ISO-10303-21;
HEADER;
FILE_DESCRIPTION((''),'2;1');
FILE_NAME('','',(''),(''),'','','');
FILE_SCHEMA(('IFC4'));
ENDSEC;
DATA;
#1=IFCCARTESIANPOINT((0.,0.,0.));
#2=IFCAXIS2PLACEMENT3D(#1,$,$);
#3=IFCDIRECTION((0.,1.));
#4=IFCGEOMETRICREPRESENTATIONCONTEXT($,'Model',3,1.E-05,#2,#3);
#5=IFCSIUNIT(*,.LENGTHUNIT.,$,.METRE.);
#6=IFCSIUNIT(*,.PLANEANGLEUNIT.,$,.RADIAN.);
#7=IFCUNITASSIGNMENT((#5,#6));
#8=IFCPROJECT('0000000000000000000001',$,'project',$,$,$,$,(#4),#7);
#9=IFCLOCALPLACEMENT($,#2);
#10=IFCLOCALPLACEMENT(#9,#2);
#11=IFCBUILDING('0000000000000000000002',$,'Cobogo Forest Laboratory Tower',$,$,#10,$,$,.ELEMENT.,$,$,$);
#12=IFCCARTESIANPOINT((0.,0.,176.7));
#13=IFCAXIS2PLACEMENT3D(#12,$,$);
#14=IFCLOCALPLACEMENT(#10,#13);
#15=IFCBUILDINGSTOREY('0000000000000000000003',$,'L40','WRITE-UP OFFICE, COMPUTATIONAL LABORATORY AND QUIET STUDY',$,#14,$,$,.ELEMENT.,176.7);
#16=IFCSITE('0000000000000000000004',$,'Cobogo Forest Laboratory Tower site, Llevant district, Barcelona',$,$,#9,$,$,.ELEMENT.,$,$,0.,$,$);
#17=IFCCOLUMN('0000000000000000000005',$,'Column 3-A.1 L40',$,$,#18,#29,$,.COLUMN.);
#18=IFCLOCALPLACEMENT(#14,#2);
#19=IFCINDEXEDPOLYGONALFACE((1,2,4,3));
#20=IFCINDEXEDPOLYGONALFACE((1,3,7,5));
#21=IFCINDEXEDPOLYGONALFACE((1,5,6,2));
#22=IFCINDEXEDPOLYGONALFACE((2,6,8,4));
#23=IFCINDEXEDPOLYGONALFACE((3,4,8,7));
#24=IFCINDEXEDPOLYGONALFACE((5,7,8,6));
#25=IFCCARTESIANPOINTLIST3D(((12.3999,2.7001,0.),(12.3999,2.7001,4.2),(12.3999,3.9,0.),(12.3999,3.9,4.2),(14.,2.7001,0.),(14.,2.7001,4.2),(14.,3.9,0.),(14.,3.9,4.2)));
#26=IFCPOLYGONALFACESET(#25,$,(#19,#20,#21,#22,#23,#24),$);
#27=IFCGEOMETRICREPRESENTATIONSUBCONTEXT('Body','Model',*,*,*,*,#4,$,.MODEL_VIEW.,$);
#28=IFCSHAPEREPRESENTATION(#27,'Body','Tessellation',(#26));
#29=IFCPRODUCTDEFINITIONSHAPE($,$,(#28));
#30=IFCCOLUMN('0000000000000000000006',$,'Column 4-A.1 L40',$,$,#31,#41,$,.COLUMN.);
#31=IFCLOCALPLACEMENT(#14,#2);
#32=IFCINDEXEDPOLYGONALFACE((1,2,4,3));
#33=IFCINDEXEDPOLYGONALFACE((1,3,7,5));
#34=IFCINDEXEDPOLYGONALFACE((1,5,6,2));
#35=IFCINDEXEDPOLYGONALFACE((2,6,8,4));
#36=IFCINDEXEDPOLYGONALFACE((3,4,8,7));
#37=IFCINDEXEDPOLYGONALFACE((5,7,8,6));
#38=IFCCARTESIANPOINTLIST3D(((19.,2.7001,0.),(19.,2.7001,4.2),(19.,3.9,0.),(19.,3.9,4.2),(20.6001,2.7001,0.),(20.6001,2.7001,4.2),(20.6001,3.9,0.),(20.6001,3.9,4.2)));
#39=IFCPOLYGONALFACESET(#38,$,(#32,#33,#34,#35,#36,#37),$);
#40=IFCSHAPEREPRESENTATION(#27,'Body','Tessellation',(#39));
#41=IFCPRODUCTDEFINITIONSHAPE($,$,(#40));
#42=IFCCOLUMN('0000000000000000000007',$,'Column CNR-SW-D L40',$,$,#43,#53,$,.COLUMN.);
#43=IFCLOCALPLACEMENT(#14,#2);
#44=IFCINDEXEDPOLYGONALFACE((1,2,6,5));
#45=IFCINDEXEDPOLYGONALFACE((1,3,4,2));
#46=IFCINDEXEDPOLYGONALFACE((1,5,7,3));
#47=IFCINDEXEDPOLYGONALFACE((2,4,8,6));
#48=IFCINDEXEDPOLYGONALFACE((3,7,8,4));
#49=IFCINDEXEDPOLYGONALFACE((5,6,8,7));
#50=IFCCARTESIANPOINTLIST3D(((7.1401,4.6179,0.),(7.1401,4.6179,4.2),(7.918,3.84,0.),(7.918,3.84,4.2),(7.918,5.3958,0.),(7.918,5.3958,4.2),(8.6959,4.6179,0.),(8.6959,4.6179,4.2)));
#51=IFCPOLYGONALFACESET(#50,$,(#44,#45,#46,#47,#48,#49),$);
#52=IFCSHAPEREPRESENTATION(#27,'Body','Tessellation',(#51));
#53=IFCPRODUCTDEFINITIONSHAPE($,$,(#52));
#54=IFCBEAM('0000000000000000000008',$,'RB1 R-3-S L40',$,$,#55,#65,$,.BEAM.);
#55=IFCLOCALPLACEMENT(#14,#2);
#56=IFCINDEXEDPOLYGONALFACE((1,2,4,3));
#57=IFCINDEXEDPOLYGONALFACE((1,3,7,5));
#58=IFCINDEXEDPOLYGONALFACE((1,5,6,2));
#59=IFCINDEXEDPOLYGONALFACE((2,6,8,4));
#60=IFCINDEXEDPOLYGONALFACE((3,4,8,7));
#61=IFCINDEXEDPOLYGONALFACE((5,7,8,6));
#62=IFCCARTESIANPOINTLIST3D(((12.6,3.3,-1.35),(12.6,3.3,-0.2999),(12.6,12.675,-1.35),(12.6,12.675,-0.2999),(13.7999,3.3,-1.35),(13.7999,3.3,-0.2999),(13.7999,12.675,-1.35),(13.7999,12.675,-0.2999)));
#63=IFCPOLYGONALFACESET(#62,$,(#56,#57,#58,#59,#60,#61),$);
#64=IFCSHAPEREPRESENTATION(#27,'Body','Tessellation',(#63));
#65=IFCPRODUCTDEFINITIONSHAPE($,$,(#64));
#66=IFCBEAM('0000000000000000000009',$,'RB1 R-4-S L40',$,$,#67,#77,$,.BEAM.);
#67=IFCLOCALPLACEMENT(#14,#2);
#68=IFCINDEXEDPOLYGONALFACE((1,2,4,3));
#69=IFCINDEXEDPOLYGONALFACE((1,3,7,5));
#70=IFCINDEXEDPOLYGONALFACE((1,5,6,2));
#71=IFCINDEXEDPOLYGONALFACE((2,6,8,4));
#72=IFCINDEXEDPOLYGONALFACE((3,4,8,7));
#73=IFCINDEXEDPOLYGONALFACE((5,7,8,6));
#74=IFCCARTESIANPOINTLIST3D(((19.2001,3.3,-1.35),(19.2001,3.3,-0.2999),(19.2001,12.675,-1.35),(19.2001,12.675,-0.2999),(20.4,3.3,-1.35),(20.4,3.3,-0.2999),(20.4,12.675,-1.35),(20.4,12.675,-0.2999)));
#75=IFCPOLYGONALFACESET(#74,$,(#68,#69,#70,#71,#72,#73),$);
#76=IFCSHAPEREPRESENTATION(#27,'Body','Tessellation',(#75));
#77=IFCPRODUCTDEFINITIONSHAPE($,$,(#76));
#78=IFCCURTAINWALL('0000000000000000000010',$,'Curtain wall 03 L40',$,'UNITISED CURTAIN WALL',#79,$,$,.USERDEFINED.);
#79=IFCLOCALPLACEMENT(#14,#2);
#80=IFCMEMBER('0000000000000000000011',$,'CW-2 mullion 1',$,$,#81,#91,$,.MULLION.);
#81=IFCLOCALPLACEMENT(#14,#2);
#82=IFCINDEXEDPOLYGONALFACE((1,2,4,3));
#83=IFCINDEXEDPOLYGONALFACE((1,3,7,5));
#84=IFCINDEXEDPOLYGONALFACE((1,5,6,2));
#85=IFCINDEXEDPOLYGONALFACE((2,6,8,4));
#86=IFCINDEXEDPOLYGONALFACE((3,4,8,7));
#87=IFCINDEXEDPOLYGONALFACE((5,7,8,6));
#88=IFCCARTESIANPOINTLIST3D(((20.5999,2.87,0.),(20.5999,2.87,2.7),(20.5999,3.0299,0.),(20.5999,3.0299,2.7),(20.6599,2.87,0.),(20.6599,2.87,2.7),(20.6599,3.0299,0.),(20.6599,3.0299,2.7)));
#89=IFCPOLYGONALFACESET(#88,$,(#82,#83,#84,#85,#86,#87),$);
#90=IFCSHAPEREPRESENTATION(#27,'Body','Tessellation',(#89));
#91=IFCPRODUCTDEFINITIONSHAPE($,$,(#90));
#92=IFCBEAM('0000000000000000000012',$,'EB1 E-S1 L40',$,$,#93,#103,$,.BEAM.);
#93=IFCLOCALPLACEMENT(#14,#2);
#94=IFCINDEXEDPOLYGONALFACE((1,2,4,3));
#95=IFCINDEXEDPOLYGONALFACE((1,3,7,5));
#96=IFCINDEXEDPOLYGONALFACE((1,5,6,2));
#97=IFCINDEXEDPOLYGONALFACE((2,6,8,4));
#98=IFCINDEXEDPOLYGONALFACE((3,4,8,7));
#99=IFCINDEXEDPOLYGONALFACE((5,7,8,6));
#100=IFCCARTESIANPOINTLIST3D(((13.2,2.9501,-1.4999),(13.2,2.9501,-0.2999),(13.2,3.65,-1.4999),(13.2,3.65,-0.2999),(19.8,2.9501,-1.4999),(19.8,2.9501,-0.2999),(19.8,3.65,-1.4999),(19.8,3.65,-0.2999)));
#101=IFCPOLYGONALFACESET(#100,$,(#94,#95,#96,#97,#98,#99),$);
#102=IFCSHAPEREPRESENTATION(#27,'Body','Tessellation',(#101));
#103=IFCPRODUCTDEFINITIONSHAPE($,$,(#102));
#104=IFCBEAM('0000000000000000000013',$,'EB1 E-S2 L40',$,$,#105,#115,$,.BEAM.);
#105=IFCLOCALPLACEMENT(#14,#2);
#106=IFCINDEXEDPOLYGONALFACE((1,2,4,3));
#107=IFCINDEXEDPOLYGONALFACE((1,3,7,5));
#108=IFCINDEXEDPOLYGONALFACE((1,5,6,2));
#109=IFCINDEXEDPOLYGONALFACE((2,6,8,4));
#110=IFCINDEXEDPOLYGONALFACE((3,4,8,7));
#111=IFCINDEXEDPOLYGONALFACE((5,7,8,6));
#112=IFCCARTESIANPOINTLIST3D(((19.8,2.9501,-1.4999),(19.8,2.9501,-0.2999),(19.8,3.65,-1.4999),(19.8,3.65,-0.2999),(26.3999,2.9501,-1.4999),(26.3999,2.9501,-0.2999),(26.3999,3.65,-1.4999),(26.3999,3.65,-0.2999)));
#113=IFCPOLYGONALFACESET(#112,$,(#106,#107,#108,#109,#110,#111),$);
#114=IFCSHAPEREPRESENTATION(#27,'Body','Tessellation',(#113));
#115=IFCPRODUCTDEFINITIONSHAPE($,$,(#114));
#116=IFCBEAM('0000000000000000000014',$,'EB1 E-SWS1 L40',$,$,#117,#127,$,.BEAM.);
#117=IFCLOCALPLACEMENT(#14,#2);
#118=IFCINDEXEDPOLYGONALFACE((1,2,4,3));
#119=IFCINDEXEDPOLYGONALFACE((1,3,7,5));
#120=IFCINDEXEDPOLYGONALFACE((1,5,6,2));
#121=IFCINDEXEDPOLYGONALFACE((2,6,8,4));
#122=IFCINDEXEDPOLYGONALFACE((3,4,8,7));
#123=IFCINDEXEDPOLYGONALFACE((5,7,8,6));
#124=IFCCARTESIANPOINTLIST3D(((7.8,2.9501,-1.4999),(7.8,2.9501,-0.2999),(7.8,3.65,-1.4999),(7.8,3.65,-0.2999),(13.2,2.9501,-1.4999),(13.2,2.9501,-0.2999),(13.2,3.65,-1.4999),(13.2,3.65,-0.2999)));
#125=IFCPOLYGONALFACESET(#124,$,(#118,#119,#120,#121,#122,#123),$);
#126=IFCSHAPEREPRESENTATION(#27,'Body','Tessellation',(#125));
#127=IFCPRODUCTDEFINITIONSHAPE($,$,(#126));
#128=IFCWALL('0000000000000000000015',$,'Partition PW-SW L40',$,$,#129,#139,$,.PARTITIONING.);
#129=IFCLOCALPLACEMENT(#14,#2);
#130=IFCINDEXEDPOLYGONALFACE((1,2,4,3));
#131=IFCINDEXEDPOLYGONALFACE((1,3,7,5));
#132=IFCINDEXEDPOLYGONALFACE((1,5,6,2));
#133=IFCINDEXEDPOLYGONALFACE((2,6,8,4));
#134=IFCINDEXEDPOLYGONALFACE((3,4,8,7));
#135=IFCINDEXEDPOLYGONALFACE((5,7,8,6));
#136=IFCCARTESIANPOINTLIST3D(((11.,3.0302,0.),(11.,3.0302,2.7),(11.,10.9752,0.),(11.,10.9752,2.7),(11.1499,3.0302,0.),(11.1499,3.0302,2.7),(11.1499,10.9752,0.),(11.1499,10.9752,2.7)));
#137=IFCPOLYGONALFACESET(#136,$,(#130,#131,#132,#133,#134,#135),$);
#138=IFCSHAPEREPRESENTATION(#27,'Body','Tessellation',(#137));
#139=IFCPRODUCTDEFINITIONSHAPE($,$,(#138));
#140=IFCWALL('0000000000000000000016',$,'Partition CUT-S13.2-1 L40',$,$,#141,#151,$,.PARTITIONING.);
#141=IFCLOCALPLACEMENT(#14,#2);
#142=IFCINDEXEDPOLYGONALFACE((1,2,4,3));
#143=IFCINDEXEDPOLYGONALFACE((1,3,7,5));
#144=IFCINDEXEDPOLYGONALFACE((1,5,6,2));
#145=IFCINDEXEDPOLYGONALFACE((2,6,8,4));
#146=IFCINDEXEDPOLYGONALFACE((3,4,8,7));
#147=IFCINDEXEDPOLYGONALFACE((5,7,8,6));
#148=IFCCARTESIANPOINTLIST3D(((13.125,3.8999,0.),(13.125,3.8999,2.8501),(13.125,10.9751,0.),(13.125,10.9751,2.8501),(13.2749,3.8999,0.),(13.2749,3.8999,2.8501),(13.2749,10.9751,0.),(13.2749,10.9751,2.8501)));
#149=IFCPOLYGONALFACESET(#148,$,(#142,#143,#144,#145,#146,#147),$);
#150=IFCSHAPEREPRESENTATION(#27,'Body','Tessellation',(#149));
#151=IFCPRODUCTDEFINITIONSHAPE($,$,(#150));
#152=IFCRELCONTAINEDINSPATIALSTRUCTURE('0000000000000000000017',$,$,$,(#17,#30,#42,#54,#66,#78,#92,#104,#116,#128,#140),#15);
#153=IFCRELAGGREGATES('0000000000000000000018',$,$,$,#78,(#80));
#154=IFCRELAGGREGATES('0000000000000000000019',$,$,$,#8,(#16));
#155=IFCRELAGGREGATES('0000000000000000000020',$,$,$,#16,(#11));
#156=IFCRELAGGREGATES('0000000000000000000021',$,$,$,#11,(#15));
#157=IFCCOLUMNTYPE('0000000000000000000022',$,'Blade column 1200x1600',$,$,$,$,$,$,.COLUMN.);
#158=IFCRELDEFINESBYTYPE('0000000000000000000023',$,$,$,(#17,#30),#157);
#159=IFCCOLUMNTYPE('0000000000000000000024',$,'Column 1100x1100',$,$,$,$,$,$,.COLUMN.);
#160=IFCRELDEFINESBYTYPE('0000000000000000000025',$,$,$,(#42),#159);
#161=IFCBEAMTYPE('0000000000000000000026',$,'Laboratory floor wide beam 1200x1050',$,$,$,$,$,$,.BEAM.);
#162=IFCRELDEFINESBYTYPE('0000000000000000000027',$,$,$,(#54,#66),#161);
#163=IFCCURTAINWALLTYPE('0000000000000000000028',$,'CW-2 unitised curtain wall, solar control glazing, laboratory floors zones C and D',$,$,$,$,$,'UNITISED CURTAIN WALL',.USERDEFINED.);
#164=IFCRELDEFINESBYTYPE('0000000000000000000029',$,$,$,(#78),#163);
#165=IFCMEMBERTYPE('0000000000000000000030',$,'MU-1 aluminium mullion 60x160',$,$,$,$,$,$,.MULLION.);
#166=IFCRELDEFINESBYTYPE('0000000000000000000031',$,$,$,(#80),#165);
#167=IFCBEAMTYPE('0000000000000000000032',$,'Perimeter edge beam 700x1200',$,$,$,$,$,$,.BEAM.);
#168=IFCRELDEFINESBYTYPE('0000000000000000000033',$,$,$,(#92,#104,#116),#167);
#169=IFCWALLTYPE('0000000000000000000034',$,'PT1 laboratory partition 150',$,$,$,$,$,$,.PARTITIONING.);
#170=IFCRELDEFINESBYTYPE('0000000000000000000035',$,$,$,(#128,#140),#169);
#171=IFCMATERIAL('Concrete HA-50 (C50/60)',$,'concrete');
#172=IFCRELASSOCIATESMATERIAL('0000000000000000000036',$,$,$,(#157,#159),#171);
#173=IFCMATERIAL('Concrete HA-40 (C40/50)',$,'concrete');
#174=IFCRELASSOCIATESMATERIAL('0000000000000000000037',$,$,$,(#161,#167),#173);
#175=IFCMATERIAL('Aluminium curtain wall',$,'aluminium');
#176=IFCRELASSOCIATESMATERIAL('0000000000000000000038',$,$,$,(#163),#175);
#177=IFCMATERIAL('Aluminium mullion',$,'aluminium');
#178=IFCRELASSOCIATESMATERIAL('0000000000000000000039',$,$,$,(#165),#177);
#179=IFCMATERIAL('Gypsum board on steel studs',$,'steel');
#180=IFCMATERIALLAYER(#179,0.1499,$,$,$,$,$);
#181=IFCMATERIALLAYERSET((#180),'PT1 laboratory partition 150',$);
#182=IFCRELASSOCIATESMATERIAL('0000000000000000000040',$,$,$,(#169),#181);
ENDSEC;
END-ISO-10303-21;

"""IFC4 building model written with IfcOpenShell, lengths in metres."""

from ifc_helpers import new_model, si_unit, direction, frame, frame_2d, origin, origin_2d, place, context, subcontext, project, spatial, rectangle, extrude, material, layer, layer_set, material_profile, profile_set, type_object, element, aggregate, save


model = new_model("IFC4")

# Units and contexts
model_context = context("Model", 3, precision=1e-05, world=origin(), true_north=direction((0.0, 1.0)))
body_context = subcontext(model_context, "Body", "Model", "MODEL_VIEW")
ifc_project = project(units=[si_unit("LENGTHUNIT", "METRE"), si_unit("PLANEANGLEUNIT", "RADIAN")], contexts=[model_context])

# Site, building, storey
site_placement = place(None, origin())
site = spatial("IfcSite", under=ifc_project, at=site_placement, Name="Cobogo Forest Laboratory Tower site, Llevant district, Barcelona", CompositionType="ELEMENT", RefElevation=0.0)
building_placement = place(site_placement, origin())
building = spatial("IfcBuilding", under=site, at=building_placement, Name="Cobogo Forest Laboratory Tower", CompositionType="ELEMENT")
storey_placement = place(building_placement, frame((0.0, 0.0, 176.7)))
storey = spatial("IfcBuildingStorey", under=building, at=storey_placement, Name="L40", Description="WRITE-UP OFFICE, COMPUTATIONAL LABORATORY AND QUIET STUDY", CompositionType="ELEMENT", Elevation=176.7)

# Columns
ifc_material_1 = material(Name="Concrete HA-50 (C50/60)", Category="concrete")
ifc_material_profile_1 = material_profile(ifc_material_1, rectangle(XDim=1.6001, YDim=1.2, at=origin_2d()), Name="RC 1200x1600")
ifc_profile_set_1 = profile_set([ifc_material_profile_1], Name="Concrete HA-50 (C50/60)")
column_type_1 = type_object("IfcColumnType", Name="Blade column 1200x1600", PredefinedType="COLUMN", material=ifc_profile_set_1)
for number, where, z_axis, x_axis, name in (
    (1, (13.2, 3.3, 0.0), (0.0, 0.0, 1.0), (1.0, 0.0, 0.0), "Column 3-A.1 L40"),
    (2, (19.8, 3.3, 0.0), (0.0, 0.0, 1.0), (1.0, 0.0, 0.0), "Column 4-A.1 L40"),
):
    element("IfcColumn", number, at=place(storey_placement, frame(where, z_axis=z_axis, x_axis=x_axis)), inside=storey, type_object=column_type_1, Name=name, PredefinedType="COLUMN", context=body_context, shape_type="SweptSolid", body=[
        extrude(rectangle(XDim=1.6001, YDim=1.2, at=origin_2d()), origin(), (0.0, 0.0, 1.0), 4.2),
    ])
ifc_material_profile_2 = material_profile(ifc_material_1, rectangle(XDim=1.1001, YDim=1.1001, at=origin_2d()), Name="RC 1100x1100")
ifc_profile_set_2 = profile_set([ifc_material_profile_2], Name="Concrete HA-50 (C50/60)")
column_type_2 = type_object("IfcColumnType", Name="Column 1100x1100", PredefinedType="COLUMN", material=ifc_profile_set_2)
column_placement = place(storey_placement, frame((7.918, 4.6179, 0.0), z_axis=(0.0, 0.0, 1.0), x_axis=(0.707107, 0.707107, 0.0)))
element("IfcColumn", 3, at=column_placement, inside=storey, type_object=column_type_2, Name="Column CNR-SW-D L40", PredefinedType="COLUMN", context=body_context, shape_type="SweptSolid", body=[
    extrude(rectangle(XDim=1.1001, YDim=1.1001, at=origin_2d()), origin(), (0.0, 0.0, 1.0), 4.2),
])

# Beams
ifc_material_2 = material(Name="Concrete HA-40 (C40/50)", Category="concrete")
ifc_material_profile_3 = material_profile(ifc_material_2, rectangle(XDim=1.2, YDim=1.05, at=origin_2d()), Name="RC 1200x1050")
ifc_profile_set_3 = profile_set([ifc_material_profile_3], Name="Concrete HA-40 (C40/50)")
beam_type_1 = type_object("IfcBeamType", Name="Laboratory floor wide beam 1200x1050", PredefinedType="BEAM", material=ifc_profile_set_3)
for number, where, z_axis, x_axis, name in (
    (4, (13.2, 12.675, -0.825), (0.0, -1.0, 0.0), (1.0, 0.0, 0.0), "RB1 R-3-S L40"),
    (5, (19.8, 12.675, -0.825), (0.0, -1.0, 0.0), (1.0, 0.0, 0.0), "RB1 R-4-S L40"),
):
    element("IfcBeam", number, at=place(storey_placement, frame(where, z_axis=z_axis, x_axis=x_axis)), inside=storey, type_object=beam_type_1, Name=name, PredefinedType="BEAM", context=body_context, shape_type="SweptSolid", body=[
        extrude(rectangle(XDim=1.2, YDim=1.05, at=origin_2d()), origin(), (0.0, 0.0, 1.0), 9.375),
    ])

# Curtain wall, member
ifc_material_3 = material(Name="Aluminium curtain wall", Category="aluminium")
curtain_wall_type = type_object("IfcCurtainWallType", Name="CW-2 unitised curtain wall, solar control glazing, laboratory floors zones C and D", ElementType="UNITISED CURTAIN WALL", PredefinedType="USERDEFINED", material=ifc_material_3)
curtain_wall_placement = place(storey_placement, origin())
curtain_wall = element("IfcCurtainWall", 6, at=curtain_wall_placement, inside=storey, type_object=curtain_wall_type, Name="Curtain wall 03 L40", ObjectType="UNITISED CURTAIN WALL", PredefinedType="USERDEFINED")
ifc_material_4 = material(Name="Aluminium mullion", Category="aluminium")
ifc_material_profile_4 = material_profile(ifc_material_4, rectangle(XDim=0.0601, YDim=0.1599, at=origin_2d()), Name="AL 60x160")
ifc_profile_set_4 = profile_set([ifc_material_profile_4], Name="Aluminium mullion")
member_type = type_object("IfcMemberType", Name="MU-1 aluminium mullion 60x160", PredefinedType="MULLION", material=ifc_profile_set_4)
member_placement = place(storey_placement, frame((20.6299, 2.95, 0.0), z_axis=(0.0, 0.0, 1.0), x_axis=(1.0, 0.0, 0.0)))
member = element("IfcMember", 7, at=member_placement, type_object=member_type, Name="CW-2 mullion 1", PredefinedType="MULLION", context=body_context, shape_type="SweptSolid", body=[
    extrude(rectangle(XDim=0.0601, YDim=0.1599, at=origin_2d()), origin(), (0.0, 0.0, 1.0), 2.7),
])
aggregate(curtain_wall, [member])

# Beams
ifc_material_profile_5 = material_profile(ifc_material_2, rectangle(XDim=0.7, YDim=1.2, at=origin_2d()), Name="RC 700x1200")
ifc_profile_set_5 = profile_set([ifc_material_profile_5], Name="Concrete HA-40 (C40/50)")
beam_type_2 = type_object("IfcBeamType", Name="Perimeter edge beam 700x1200", PredefinedType="BEAM", material=ifc_profile_set_5)
beam_1_placement = place(storey_placement, frame((13.2, 3.3, -0.8999), z_axis=(1.0, 0.0, 0.0), x_axis=(0.0, 1.0, 0.0)))
element("IfcBeam", 8, at=beam_1_placement, inside=storey, type_object=beam_type_2, Name="EB1 E-S1 L40", PredefinedType="BEAM", context=body_context, shape_type="SweptSolid", body=[
    extrude(rectangle(XDim=0.7, YDim=1.2, at=origin_2d()), origin(), (0.0, 0.0, 1.0), 6.6001),
])
beam_2_placement = place(storey_placement, frame((19.8, 3.3, -0.8999), z_axis=(1.0, 0.0, 0.0), x_axis=(0.0, 1.0, 0.0)))
element("IfcBeam", 9, at=beam_2_placement, inside=storey, type_object=beam_type_2, Name="EB1 E-S2 L40", PredefinedType="BEAM", context=body_context, shape_type="SweptSolid", body=[
    extrude(rectangle(XDim=0.7, YDim=1.2, at=origin_2d()), origin(), (0.0, 0.0, 1.0), 6.5999),
])
beam_3_placement = place(storey_placement, frame((13.2, 3.3, -0.8999), z_axis=(-1.0, 0.0, 0.0), x_axis=(0.0, -1.0, 0.0)))
element("IfcBeam", 10, at=beam_3_placement, inside=storey, type_object=beam_type_2, Name="EB1 E-SWS1 L40", PredefinedType="BEAM", context=body_context, shape_type="SweptSolid", body=[
    extrude(rectangle(XDim=0.7, YDim=1.2, at=origin_2d()), origin(), (0.0, 0.0, 1.0), 5.3999),
])

# Walls
ifc_material_5 = material(Name="Gypsum board on steel studs", Category="steel")
ifc_layer_1 = layer(ifc_material_5, 0.1499)
ifc_layer_set_1 = layer_set([ifc_layer_1], Name="PT1 laboratory partition 150")
wall_type_1 = type_object("IfcWallType", Name="PT1 laboratory partition 150", PredefinedType="PARTITIONING", material=ifc_layer_set_1)
wall_1_placement = place(storey_placement, frame((11.075, 3.03, 0.0), z_axis=(0.0, 0.0, 1.0), x_axis=(0.0, 1.0, 0.0)))
element("IfcWall", 11, at=wall_1_placement, inside=storey, type_object=wall_type_1, Name="Partition PW-SW L40", PredefinedType="PARTITIONING", context=body_context, shape_type="SweptSolid", body=[
    extrude(rectangle(XDim=7.9451, YDim=0.1499, at=frame_2d((3.9727, 0.0))), origin(), (0.0, 0.0, 1.0), 2.7),
])
wall_2_placement = place(storey_placement, frame((13.2, 3.8999, 0.0), z_axis=(0.0, 0.0, 1.0), x_axis=(0.0, 1.0, 0.0)))
element("IfcWall", 12, at=wall_2_placement, inside=storey, type_object=wall_type_1, Name="Partition CUT-S13.2-1 L40", PredefinedType="PARTITIONING", context=body_context, shape_type="SweptSolid", body=[
    extrude(rectangle(XDim=7.0752, YDim=0.1499, at=frame_2d((3.5376, 0.0))), origin(), (0.0, 0.0, 1.0), 2.8501),
])

save(model, "model.ifc")
